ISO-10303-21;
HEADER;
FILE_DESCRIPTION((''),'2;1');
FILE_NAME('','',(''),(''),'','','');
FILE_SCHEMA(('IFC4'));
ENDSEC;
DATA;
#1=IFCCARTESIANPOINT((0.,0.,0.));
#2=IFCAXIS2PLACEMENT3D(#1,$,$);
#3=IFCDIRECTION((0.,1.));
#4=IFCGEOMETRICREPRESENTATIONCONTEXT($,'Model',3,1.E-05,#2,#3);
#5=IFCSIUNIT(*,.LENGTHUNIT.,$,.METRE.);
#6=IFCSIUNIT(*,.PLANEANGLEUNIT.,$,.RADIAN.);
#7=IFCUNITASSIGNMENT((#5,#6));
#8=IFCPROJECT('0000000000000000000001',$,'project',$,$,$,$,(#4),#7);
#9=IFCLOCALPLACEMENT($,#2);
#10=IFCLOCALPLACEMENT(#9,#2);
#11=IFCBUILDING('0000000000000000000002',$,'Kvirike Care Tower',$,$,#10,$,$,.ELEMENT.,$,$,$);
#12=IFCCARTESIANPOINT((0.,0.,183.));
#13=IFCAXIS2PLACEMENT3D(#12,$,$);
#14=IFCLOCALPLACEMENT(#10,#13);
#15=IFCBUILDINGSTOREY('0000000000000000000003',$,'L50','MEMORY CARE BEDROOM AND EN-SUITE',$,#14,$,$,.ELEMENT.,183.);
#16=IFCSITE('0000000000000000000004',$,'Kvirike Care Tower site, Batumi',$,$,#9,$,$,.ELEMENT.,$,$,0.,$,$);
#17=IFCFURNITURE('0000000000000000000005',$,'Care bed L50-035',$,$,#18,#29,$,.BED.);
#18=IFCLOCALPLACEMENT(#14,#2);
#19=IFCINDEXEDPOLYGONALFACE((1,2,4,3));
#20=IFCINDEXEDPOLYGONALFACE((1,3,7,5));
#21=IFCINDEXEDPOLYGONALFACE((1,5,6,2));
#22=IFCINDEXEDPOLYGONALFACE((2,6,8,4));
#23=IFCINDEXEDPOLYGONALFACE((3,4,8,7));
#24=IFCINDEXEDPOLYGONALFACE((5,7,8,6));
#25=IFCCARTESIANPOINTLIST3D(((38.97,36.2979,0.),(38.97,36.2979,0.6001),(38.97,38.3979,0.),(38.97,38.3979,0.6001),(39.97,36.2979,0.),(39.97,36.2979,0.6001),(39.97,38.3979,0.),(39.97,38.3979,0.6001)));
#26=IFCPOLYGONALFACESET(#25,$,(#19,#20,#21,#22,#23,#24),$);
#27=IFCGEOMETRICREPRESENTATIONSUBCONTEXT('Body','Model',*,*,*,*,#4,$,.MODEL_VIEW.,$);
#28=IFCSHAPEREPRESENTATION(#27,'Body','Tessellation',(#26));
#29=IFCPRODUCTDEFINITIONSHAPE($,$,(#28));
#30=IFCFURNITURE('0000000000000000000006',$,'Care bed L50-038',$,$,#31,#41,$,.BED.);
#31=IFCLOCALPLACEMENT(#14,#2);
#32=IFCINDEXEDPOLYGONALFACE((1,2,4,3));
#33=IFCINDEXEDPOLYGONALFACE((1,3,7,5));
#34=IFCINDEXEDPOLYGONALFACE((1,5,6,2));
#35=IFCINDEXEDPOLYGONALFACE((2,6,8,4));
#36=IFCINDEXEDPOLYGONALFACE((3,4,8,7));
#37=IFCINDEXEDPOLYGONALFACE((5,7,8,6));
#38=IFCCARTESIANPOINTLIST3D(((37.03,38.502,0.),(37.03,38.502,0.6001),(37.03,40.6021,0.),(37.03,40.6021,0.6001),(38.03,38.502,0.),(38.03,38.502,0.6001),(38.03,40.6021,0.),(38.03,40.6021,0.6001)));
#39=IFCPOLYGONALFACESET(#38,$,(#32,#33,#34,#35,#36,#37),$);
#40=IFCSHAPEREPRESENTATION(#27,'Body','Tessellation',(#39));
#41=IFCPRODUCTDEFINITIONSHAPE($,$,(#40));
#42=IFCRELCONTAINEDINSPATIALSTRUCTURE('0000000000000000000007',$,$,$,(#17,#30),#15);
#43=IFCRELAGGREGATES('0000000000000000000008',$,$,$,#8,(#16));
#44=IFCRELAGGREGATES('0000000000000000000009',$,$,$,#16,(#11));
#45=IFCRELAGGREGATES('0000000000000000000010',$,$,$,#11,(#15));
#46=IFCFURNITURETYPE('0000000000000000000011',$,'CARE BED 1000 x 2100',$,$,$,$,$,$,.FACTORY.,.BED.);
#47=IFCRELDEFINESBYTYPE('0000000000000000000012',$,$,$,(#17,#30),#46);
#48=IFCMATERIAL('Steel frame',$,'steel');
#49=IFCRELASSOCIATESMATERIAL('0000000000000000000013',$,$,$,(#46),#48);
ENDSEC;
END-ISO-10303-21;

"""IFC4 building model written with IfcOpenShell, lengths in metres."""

from ifc_helpers import new_model, si_unit, direction, frame, origin, origin_2d, place, context, subcontext, project, spatial, rectangle, extrude, material, type_object, element, save


model = new_model("IFC4")

# Units and contexts
model_context = context("Model", 3, precision=1e-05, world=origin(), true_north=direction((0.0, 1.0)))
body_context = subcontext(model_context, "Body", "Model", "MODEL_VIEW")
ifc_project = project(units=[si_unit("LENGTHUNIT", "METRE"), si_unit("PLANEANGLEUNIT", "RADIAN")], contexts=[model_context])

# Site, building, storey
site_placement = place(None, origin())
site = spatial("IfcSite", under=ifc_project, at=site_placement, Name="Kvirike Care Tower site, Batumi", CompositionType="ELEMENT", RefElevation=0.0)
building_placement = place(site_placement, origin())
building = spatial("IfcBuilding", under=site, at=building_placement, Name="Kvirike Care Tower", CompositionType="ELEMENT")
storey_placement = place(building_placement, frame((0.0, 0.0, 183.0)))
storey = spatial("IfcBuildingStorey", under=building, at=storey_placement, Name="L50", Description="MEMORY CARE BEDROOM AND EN-SUITE", CompositionType="ELEMENT", Elevation=183.0)

# Furniture
ifc_material_1 = material(Name="Steel frame", Category="steel")
furniture_type = type_object("IfcFurnitureType", Name="CARE BED 1000 x 2100", AssemblyPlace="FACTORY", PredefinedType="BED", material=ifc_material_1)
for number, where, z_axis, x_axis, name in (
    (1, (39.47, 37.3479, 0.0), (0.0, 0.0, 1.0), (1.0, 0.0, 0.0), "Care bed L50-035"),
    (2, (37.53, 39.552, 0.0), (0.0, 0.0, 1.0), (-1.0, 0.0, 0.0), "Care bed L50-038"),
):
    element("IfcFurniture", number, at=place(storey_placement, frame(where, z_axis=z_axis, x_axis=x_axis)), inside=storey, type_object=furniture_type, Name=name, PredefinedType="BED", context=body_context, shape_type="SweptSolid", body=[
        extrude(rectangle(XDim=1.0, YDim=2.1001, at=origin_2d()), origin(), (0.0, 0.0, 1.0), 0.6001),
    ])

save(model, "model.ifc")
